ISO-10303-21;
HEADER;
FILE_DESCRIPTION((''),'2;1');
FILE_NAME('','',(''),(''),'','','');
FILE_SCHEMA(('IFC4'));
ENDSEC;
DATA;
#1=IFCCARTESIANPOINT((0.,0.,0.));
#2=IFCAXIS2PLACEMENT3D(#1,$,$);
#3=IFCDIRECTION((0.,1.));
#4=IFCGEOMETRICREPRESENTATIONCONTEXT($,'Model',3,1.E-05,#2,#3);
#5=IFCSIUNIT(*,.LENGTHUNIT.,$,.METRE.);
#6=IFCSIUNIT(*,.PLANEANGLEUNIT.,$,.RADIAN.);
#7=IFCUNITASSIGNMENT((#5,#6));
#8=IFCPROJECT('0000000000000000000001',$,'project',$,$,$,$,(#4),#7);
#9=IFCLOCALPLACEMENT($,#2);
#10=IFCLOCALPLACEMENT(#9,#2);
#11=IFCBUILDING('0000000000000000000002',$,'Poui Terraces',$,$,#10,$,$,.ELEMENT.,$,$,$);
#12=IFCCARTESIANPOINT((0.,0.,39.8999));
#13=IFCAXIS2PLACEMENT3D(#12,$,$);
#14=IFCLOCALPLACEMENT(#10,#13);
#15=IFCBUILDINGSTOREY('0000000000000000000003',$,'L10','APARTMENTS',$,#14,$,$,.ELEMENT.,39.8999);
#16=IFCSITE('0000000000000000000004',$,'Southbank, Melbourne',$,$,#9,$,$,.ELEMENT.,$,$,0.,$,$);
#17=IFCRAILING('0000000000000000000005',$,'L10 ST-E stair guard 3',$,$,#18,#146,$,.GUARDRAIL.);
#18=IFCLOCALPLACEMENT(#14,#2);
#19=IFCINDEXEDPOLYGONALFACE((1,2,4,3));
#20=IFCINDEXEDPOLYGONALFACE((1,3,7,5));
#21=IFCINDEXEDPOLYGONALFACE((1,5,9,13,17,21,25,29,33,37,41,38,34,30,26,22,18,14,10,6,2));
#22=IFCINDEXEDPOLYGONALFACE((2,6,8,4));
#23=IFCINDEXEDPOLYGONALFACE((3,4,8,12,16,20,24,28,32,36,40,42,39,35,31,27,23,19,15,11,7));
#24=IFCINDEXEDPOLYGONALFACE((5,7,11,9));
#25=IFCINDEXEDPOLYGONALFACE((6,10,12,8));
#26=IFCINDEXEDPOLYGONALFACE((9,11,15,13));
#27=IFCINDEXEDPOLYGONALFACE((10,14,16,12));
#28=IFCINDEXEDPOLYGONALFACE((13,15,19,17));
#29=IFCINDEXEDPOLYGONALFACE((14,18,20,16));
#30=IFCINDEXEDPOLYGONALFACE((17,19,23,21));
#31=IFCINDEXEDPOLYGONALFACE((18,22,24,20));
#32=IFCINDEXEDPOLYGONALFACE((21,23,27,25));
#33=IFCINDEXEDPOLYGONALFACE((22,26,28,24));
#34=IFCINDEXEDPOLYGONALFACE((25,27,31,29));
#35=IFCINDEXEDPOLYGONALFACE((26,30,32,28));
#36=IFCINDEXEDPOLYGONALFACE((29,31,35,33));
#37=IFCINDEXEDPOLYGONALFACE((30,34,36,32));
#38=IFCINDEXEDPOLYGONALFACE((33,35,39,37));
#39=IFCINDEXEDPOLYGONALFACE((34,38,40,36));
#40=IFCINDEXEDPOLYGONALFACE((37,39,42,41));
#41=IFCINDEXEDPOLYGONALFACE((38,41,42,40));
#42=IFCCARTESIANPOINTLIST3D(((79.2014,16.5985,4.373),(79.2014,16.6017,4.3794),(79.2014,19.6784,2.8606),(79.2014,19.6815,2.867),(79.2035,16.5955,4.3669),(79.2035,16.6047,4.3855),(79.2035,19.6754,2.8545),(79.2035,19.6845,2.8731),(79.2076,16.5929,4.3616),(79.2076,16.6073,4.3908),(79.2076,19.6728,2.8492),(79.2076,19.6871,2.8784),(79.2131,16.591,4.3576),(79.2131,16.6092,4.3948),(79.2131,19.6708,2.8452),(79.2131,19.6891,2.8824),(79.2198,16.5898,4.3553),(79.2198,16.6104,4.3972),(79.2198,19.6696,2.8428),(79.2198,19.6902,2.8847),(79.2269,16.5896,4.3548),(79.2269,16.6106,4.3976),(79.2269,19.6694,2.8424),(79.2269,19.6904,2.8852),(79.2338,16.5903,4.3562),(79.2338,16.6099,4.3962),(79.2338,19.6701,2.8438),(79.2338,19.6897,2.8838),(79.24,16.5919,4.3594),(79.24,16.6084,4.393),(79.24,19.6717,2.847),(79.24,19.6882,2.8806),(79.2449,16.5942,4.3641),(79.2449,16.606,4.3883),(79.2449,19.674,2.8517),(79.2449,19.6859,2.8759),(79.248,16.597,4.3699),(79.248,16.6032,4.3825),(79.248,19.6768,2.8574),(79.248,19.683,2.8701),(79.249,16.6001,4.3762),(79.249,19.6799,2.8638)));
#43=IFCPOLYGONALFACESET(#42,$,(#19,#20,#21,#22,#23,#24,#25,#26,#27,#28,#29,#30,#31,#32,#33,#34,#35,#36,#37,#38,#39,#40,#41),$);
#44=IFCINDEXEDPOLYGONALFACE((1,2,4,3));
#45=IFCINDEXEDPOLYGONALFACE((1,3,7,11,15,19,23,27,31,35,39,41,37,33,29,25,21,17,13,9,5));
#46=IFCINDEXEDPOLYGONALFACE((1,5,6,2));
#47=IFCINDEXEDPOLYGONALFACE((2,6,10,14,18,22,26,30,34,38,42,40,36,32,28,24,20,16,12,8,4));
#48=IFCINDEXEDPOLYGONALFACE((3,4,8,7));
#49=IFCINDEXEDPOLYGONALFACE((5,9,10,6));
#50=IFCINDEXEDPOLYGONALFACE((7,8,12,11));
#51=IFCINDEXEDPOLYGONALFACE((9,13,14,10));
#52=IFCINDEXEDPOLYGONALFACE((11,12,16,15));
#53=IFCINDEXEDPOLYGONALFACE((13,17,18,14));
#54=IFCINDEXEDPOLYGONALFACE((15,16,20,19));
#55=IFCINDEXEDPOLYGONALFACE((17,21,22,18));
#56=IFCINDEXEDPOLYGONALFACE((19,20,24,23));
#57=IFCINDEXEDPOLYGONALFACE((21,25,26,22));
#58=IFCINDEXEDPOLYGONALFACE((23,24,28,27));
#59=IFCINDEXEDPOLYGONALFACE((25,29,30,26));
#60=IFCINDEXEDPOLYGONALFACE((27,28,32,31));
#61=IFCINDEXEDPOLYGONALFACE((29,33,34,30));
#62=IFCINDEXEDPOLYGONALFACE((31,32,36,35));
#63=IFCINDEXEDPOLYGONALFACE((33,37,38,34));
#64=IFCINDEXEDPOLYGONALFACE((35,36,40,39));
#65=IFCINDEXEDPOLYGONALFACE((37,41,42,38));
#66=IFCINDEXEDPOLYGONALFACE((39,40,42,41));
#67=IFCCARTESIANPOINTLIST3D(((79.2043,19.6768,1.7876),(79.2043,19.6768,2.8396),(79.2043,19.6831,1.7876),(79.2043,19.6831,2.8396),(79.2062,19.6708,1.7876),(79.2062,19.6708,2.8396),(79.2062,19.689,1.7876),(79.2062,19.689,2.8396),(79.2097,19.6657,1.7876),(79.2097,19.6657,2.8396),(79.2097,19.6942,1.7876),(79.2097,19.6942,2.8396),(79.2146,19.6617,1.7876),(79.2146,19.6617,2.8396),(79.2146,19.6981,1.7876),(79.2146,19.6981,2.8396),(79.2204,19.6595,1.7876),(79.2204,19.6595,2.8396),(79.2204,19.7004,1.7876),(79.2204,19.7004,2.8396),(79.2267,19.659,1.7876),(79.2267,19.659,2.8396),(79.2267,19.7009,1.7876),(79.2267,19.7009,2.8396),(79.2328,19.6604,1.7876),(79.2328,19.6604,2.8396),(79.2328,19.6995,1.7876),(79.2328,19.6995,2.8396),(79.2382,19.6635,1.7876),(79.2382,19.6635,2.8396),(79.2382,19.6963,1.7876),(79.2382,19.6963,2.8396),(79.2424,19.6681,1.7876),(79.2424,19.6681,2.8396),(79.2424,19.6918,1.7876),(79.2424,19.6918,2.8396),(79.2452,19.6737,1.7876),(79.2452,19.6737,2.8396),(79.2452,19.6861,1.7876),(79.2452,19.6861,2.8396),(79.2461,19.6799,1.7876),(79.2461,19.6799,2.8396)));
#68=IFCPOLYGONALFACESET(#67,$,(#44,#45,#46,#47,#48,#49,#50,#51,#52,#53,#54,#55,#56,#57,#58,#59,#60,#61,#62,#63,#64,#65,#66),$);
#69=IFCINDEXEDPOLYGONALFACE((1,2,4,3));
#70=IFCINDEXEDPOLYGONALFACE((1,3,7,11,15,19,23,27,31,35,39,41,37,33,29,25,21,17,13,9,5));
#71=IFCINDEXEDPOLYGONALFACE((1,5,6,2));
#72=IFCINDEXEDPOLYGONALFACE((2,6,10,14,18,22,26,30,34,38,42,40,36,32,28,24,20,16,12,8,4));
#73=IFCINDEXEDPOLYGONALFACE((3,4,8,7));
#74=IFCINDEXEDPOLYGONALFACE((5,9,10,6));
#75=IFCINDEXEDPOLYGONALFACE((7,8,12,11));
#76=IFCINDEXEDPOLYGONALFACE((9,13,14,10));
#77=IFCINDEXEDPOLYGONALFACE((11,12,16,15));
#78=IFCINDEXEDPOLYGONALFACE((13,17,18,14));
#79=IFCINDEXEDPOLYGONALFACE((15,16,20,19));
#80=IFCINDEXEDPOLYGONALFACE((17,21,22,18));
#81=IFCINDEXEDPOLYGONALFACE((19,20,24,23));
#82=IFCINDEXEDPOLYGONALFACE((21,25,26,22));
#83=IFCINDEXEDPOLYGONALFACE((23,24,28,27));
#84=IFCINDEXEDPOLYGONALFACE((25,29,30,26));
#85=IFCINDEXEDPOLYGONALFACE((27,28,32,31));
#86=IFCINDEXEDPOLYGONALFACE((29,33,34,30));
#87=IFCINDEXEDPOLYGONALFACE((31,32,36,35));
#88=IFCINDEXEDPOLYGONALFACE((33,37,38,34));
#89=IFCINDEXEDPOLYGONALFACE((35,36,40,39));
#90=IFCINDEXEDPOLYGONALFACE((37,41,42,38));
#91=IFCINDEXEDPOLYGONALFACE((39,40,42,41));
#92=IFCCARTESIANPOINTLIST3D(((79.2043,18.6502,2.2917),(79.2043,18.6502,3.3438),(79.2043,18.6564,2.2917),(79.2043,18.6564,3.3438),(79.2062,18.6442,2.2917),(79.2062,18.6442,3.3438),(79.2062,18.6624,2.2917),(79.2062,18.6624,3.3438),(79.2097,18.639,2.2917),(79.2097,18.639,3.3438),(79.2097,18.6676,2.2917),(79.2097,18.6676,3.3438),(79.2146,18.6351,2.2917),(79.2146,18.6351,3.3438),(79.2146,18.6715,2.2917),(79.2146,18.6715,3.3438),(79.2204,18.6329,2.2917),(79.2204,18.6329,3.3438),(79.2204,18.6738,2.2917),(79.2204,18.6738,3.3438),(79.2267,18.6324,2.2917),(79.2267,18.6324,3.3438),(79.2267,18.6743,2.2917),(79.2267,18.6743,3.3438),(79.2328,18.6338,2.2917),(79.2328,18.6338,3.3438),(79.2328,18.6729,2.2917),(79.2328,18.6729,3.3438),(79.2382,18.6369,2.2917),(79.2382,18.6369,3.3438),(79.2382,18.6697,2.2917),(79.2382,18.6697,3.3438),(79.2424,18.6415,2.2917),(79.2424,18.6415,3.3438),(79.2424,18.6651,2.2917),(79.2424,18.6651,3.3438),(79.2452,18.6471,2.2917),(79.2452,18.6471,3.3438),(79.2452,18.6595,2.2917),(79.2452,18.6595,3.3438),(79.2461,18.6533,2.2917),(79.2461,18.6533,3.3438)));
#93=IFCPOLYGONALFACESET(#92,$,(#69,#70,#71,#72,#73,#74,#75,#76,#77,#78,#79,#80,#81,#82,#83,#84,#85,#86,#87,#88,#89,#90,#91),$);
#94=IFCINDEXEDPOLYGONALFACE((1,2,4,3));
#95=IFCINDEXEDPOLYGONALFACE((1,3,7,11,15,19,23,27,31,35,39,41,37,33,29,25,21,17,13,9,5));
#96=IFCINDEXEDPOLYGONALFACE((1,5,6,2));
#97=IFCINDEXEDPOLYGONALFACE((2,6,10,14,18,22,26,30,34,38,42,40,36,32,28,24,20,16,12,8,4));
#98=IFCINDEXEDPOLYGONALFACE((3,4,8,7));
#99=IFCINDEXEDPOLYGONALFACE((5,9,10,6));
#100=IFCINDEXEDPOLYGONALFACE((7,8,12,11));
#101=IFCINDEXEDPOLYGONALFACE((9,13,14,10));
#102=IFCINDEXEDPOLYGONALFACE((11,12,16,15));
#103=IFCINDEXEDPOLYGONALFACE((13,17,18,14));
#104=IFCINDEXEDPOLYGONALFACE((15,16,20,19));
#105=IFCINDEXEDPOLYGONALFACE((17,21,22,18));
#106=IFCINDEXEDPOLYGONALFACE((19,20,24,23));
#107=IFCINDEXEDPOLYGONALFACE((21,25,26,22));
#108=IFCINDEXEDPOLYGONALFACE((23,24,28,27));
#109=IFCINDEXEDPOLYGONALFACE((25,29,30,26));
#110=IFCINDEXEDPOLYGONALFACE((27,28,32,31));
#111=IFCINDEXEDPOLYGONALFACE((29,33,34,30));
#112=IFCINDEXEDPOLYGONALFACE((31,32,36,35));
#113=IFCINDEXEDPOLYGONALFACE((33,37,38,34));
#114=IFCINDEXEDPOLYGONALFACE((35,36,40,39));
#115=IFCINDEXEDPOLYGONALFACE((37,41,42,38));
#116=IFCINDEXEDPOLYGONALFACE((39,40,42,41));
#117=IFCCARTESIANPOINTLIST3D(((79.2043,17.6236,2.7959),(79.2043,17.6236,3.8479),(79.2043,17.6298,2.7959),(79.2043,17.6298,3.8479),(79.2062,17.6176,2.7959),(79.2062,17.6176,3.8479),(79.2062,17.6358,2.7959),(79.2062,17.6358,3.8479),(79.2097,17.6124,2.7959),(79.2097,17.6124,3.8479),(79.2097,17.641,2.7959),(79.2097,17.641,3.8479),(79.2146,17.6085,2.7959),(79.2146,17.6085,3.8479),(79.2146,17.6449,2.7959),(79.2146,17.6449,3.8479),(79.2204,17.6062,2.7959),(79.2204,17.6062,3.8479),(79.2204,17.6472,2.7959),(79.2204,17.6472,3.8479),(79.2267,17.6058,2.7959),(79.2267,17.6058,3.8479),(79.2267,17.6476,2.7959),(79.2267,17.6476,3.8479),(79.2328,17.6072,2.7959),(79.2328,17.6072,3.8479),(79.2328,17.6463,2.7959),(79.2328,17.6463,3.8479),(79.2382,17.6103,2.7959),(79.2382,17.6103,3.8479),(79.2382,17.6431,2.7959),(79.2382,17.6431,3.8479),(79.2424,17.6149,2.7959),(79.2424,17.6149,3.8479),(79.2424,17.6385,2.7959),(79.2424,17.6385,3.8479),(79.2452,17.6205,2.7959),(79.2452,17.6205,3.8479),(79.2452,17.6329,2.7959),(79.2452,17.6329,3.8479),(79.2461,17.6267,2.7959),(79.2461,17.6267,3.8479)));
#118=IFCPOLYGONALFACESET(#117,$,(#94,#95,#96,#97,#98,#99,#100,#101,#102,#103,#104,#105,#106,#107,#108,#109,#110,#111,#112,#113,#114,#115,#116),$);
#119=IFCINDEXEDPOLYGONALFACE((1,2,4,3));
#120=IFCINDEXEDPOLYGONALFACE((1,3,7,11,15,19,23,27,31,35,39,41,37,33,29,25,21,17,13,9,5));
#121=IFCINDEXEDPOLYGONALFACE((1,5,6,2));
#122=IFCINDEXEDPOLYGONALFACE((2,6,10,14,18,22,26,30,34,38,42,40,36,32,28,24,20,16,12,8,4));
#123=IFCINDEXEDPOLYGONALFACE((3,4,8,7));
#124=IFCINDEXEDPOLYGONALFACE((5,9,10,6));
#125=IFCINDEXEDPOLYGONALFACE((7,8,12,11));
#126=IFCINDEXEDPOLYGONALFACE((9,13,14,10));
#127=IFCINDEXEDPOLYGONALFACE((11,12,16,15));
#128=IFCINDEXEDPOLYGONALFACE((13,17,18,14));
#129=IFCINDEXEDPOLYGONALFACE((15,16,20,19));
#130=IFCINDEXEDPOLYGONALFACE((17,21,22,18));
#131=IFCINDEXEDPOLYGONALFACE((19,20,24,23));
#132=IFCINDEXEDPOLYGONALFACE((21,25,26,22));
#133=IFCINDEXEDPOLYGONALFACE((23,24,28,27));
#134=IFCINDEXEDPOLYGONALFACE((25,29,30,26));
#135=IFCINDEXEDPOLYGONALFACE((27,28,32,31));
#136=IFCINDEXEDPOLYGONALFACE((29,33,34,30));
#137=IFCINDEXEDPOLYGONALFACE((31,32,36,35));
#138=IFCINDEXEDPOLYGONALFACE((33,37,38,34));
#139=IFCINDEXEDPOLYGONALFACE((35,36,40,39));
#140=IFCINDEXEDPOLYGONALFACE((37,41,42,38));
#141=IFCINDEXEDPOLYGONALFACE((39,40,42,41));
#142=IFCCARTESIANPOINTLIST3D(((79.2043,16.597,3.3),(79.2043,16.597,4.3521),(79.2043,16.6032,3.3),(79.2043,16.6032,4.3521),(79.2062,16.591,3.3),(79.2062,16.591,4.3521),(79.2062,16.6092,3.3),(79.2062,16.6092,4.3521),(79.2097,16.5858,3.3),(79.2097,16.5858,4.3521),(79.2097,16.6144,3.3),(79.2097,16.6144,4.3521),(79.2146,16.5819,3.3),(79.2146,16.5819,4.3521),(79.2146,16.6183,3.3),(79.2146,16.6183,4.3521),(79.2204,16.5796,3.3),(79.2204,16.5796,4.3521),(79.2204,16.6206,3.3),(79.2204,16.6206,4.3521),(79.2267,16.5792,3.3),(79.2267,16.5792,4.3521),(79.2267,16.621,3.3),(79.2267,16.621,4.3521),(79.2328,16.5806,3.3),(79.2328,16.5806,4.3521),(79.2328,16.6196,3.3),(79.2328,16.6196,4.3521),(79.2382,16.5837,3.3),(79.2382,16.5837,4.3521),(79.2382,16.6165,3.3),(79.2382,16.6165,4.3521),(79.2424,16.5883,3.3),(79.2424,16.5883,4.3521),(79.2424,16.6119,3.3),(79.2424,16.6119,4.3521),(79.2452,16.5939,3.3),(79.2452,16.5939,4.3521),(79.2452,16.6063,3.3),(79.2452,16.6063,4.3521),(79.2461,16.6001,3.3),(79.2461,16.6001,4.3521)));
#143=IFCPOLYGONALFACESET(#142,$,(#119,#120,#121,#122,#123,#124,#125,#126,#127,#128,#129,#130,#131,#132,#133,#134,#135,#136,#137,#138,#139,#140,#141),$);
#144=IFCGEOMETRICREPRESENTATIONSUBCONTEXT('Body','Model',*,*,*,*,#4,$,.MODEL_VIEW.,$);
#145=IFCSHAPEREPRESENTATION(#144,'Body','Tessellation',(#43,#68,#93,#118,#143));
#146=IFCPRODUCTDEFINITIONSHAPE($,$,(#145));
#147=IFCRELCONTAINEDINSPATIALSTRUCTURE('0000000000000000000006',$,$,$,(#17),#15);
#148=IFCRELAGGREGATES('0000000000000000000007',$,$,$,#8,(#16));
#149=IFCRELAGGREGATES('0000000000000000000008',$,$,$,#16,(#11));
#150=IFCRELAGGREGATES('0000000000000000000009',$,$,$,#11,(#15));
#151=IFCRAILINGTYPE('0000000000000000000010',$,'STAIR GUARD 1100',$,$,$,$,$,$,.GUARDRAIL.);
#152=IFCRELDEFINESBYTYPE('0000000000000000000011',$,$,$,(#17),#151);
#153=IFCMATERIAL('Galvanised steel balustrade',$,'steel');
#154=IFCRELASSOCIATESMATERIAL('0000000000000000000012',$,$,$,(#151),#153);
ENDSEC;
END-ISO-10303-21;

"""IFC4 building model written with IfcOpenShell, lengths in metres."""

from ifc_helpers import new_model, si_unit, direction, frame, origin, origin_2d, place, context, subcontext, project, spatial, circle, extrude, material, type_object, element, save


model = new_model("IFC4")

# Units and contexts
model_context = context("Model", 3, precision=1e-05, world=origin(), true_north=direction((0.0, 1.0)))
body_context = subcontext(model_context, "Body", "Model", "MODEL_VIEW")
ifc_project = project(units=[si_unit("LENGTHUNIT", "METRE"), si_unit("PLANEANGLEUNIT", "RADIAN")], contexts=[model_context])

# Site, building, storey
site_placement = place(None, origin())
site = spatial("IfcSite", under=ifc_project, at=site_placement, Name="Southbank, Melbourne", CompositionType="ELEMENT", RefElevation=0.0)
building_placement = place(site_placement, origin())
building = spatial("IfcBuilding", under=site, at=building_placement, Name="Poui Terraces", CompositionType="ELEMENT")
storey_placement = place(building_placement, frame((0.0, 0.0, 39.8999)))
storey = spatial("IfcBuildingStorey", under=building, at=storey_placement, Name="L10", Description="APARTMENTS", CompositionType="ELEMENT", Elevation=39.8999)

# Railing
ifc_material_1 = material(Name="Galvanised steel balustrade", Category="steel")
railing_type_1 = type_object("IfcRailingType", Name="STAIR GUARD 1100", PredefinedType="GUARDRAIL", material=ifc_material_1)
railing_1_placement = place(storey_placement, frame((79.2251, 19.6799, 1.7876)))
element("IfcRailing", 1, at=railing_1_placement, inside=storey, type_object=railing_type_1, Name="L10 ST-E stair guard 3", PredefinedType="GUARDRAIL", context=body_context, shape_type="SweptSolid", body=[
    extrude(circle(Radius=0.0239, at=origin_2d()), frame((0.0, 0.0, 1.0762), z_axis=(0.0, -0.897606, 0.440798), x_axis=(1.0, 0.0, 0.0)), (0.0, 0.0, 1.0), 3.4312),
    extrude(circle(Radius=0.021, at=origin_2d()), origin(), (0.0, 0.0, 1.0), 1.052),
    extrude(circle(Radius=0.021, at=origin_2d()), frame((0.0, -1.0266, 0.5042)), (0.0, 0.0, 1.0), 1.052),
    extrude(circle(Radius=0.021, at=origin_2d()), frame((0.0, -2.0532, 1.0083)), (0.0, 0.0, 1.0), 1.052),
    extrude(circle(Radius=0.021, at=origin_2d()), frame((0.0, -3.0798, 1.5125)), (0.0, 0.0, 1.0), 1.052),
])

save(model, "model.ifc")
